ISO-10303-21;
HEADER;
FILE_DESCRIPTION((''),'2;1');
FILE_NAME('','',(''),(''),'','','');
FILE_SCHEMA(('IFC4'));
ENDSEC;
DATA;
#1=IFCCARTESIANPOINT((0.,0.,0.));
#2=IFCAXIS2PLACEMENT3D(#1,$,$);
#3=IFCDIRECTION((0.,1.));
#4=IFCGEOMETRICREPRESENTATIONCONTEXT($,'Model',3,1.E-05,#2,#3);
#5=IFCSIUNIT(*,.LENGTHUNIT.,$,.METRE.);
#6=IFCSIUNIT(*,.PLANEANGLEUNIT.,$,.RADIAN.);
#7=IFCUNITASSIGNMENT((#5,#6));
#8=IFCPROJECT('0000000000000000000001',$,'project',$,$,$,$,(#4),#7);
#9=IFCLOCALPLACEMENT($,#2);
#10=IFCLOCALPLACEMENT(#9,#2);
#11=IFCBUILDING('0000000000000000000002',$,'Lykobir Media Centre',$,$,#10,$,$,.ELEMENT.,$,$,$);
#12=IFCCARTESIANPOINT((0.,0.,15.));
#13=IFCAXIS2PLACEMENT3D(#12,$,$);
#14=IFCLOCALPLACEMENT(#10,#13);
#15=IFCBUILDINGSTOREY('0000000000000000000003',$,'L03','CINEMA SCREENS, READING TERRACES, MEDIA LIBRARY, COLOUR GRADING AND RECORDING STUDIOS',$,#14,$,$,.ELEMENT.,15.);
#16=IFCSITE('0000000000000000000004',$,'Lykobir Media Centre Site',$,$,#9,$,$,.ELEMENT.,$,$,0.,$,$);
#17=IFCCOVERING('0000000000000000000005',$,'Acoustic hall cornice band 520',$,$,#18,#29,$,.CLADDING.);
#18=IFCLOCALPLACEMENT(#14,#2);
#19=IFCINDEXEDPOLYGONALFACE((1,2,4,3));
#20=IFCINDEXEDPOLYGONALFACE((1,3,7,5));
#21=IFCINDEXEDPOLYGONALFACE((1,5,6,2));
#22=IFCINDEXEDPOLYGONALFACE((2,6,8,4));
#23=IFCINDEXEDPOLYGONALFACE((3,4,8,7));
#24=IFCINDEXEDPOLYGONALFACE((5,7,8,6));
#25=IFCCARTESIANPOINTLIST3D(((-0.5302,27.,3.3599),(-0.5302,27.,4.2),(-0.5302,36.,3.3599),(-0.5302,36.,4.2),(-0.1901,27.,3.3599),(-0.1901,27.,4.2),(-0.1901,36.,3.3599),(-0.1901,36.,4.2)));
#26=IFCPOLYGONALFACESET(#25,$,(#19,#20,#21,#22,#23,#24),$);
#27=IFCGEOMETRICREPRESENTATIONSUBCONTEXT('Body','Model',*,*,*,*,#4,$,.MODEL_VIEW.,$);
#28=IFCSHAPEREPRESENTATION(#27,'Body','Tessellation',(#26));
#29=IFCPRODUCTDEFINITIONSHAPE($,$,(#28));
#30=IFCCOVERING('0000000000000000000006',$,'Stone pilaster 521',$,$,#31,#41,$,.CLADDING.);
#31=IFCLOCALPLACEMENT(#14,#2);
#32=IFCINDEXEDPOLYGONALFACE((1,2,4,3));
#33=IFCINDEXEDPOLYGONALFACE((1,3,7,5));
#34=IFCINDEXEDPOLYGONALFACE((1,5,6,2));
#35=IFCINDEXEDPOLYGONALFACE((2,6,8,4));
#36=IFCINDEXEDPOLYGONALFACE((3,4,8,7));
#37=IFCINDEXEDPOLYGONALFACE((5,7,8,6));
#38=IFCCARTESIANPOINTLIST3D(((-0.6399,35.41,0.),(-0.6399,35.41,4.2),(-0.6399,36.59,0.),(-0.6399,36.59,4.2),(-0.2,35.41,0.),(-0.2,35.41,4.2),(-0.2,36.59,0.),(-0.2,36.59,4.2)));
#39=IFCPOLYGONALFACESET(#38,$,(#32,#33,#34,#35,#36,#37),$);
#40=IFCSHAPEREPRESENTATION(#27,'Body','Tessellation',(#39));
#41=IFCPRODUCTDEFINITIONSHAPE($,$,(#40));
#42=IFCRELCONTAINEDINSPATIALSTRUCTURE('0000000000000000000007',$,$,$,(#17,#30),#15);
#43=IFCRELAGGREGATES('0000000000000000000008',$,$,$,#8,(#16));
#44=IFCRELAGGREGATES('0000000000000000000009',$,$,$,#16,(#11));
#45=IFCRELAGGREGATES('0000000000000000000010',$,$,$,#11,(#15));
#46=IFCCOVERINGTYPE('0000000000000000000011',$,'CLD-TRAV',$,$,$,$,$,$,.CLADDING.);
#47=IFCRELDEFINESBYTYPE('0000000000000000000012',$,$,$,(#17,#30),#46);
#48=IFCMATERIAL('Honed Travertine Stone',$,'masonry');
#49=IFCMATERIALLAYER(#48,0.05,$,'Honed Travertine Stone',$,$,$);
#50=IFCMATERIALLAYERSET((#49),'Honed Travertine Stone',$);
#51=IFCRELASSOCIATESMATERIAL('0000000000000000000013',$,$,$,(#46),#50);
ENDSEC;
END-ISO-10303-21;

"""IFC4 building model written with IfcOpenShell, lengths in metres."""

from ifc_helpers import new_model, si_unit, direction, frame, origin, origin_2d, place, context, subcontext, project, spatial, rectangle, extrude, material, layer, layer_set, type_object, element, save


model = new_model("IFC4")

# Units and contexts
model_context = context("Model", 3, precision=1e-05, world=origin(), true_north=direction((0.0, 1.0)))
body_context = subcontext(model_context, "Body", "Model", "MODEL_VIEW")
ifc_project = project(units=[si_unit("LENGTHUNIT", "METRE"), si_unit("PLANEANGLEUNIT", "RADIAN")], contexts=[model_context])

# Site, building, storey
site_placement = place(None, origin())
site = spatial("IfcSite", under=ifc_project, at=site_placement, Name="Lykobir Media Centre Site", CompositionType="ELEMENT", RefElevation=0.0)
building_placement = place(site_placement, origin())
building = spatial("IfcBuilding", under=site, at=building_placement, Name="Lykobir Media Centre", CompositionType="ELEMENT")
storey_placement = place(building_placement, frame((0.0, 0.0, 15.0)))
storey = spatial("IfcBuildingStorey", under=building, at=storey_placement, Name="L03", Description="CINEMA SCREENS, READING TERRACES, MEDIA LIBRARY, COLOUR GRADING AND RECORDING STUDIOS", CompositionType="ELEMENT", Elevation=15.0)

# Coverings
ifc_material_1 = material(Name="Honed Travertine Stone", Category="masonry")
ifc_layer_1 = layer(ifc_material_1, 0.05, Name="Honed Travertine Stone")
ifc_layer_set_1 = layer_set([ifc_layer_1], Name="Honed Travertine Stone")
covering_type = type_object("IfcCoveringType", Name="CLD-TRAV", PredefinedType="CLADDING", material=ifc_layer_set_1)
covering_1_placement = place(storey_placement, frame((-0.3601, 31.5, 3.3599), z_axis=(0.0, 0.0, 1.0), x_axis=(0.0, -1.0, 0.0)))
element("IfcCovering", 1, at=covering_1_placement, inside=storey, type_object=covering_type, Name="Acoustic hall cornice band 520", PredefinedType="CLADDING", context=body_context, shape_type="SweptSolid", body=[
    extrude(rectangle(XDim=9.0, YDim=0.3401, at=origin_2d()), origin(), (0.0, 0.0, 1.0), 0.8401),
])
covering_2_placement = place(storey_placement, frame((-0.4199, 36.0, 0.0), z_axis=(0.0, 0.0, 1.0), x_axis=(0.0, -1.0, 0.0)))
element("IfcCovering", 2, at=covering_2_placement, inside=storey, type_object=covering_type, Name="Stone pilaster 521", PredefinedType="CLADDING", context=body_context, shape_type="SweptSolid", body=[
    extrude(rectangle(XDim=1.1799, YDim=0.4399, at=origin_2d()), origin(), (0.0, 0.0, 1.0), 4.2),
])

save(model, "model.ifc")
